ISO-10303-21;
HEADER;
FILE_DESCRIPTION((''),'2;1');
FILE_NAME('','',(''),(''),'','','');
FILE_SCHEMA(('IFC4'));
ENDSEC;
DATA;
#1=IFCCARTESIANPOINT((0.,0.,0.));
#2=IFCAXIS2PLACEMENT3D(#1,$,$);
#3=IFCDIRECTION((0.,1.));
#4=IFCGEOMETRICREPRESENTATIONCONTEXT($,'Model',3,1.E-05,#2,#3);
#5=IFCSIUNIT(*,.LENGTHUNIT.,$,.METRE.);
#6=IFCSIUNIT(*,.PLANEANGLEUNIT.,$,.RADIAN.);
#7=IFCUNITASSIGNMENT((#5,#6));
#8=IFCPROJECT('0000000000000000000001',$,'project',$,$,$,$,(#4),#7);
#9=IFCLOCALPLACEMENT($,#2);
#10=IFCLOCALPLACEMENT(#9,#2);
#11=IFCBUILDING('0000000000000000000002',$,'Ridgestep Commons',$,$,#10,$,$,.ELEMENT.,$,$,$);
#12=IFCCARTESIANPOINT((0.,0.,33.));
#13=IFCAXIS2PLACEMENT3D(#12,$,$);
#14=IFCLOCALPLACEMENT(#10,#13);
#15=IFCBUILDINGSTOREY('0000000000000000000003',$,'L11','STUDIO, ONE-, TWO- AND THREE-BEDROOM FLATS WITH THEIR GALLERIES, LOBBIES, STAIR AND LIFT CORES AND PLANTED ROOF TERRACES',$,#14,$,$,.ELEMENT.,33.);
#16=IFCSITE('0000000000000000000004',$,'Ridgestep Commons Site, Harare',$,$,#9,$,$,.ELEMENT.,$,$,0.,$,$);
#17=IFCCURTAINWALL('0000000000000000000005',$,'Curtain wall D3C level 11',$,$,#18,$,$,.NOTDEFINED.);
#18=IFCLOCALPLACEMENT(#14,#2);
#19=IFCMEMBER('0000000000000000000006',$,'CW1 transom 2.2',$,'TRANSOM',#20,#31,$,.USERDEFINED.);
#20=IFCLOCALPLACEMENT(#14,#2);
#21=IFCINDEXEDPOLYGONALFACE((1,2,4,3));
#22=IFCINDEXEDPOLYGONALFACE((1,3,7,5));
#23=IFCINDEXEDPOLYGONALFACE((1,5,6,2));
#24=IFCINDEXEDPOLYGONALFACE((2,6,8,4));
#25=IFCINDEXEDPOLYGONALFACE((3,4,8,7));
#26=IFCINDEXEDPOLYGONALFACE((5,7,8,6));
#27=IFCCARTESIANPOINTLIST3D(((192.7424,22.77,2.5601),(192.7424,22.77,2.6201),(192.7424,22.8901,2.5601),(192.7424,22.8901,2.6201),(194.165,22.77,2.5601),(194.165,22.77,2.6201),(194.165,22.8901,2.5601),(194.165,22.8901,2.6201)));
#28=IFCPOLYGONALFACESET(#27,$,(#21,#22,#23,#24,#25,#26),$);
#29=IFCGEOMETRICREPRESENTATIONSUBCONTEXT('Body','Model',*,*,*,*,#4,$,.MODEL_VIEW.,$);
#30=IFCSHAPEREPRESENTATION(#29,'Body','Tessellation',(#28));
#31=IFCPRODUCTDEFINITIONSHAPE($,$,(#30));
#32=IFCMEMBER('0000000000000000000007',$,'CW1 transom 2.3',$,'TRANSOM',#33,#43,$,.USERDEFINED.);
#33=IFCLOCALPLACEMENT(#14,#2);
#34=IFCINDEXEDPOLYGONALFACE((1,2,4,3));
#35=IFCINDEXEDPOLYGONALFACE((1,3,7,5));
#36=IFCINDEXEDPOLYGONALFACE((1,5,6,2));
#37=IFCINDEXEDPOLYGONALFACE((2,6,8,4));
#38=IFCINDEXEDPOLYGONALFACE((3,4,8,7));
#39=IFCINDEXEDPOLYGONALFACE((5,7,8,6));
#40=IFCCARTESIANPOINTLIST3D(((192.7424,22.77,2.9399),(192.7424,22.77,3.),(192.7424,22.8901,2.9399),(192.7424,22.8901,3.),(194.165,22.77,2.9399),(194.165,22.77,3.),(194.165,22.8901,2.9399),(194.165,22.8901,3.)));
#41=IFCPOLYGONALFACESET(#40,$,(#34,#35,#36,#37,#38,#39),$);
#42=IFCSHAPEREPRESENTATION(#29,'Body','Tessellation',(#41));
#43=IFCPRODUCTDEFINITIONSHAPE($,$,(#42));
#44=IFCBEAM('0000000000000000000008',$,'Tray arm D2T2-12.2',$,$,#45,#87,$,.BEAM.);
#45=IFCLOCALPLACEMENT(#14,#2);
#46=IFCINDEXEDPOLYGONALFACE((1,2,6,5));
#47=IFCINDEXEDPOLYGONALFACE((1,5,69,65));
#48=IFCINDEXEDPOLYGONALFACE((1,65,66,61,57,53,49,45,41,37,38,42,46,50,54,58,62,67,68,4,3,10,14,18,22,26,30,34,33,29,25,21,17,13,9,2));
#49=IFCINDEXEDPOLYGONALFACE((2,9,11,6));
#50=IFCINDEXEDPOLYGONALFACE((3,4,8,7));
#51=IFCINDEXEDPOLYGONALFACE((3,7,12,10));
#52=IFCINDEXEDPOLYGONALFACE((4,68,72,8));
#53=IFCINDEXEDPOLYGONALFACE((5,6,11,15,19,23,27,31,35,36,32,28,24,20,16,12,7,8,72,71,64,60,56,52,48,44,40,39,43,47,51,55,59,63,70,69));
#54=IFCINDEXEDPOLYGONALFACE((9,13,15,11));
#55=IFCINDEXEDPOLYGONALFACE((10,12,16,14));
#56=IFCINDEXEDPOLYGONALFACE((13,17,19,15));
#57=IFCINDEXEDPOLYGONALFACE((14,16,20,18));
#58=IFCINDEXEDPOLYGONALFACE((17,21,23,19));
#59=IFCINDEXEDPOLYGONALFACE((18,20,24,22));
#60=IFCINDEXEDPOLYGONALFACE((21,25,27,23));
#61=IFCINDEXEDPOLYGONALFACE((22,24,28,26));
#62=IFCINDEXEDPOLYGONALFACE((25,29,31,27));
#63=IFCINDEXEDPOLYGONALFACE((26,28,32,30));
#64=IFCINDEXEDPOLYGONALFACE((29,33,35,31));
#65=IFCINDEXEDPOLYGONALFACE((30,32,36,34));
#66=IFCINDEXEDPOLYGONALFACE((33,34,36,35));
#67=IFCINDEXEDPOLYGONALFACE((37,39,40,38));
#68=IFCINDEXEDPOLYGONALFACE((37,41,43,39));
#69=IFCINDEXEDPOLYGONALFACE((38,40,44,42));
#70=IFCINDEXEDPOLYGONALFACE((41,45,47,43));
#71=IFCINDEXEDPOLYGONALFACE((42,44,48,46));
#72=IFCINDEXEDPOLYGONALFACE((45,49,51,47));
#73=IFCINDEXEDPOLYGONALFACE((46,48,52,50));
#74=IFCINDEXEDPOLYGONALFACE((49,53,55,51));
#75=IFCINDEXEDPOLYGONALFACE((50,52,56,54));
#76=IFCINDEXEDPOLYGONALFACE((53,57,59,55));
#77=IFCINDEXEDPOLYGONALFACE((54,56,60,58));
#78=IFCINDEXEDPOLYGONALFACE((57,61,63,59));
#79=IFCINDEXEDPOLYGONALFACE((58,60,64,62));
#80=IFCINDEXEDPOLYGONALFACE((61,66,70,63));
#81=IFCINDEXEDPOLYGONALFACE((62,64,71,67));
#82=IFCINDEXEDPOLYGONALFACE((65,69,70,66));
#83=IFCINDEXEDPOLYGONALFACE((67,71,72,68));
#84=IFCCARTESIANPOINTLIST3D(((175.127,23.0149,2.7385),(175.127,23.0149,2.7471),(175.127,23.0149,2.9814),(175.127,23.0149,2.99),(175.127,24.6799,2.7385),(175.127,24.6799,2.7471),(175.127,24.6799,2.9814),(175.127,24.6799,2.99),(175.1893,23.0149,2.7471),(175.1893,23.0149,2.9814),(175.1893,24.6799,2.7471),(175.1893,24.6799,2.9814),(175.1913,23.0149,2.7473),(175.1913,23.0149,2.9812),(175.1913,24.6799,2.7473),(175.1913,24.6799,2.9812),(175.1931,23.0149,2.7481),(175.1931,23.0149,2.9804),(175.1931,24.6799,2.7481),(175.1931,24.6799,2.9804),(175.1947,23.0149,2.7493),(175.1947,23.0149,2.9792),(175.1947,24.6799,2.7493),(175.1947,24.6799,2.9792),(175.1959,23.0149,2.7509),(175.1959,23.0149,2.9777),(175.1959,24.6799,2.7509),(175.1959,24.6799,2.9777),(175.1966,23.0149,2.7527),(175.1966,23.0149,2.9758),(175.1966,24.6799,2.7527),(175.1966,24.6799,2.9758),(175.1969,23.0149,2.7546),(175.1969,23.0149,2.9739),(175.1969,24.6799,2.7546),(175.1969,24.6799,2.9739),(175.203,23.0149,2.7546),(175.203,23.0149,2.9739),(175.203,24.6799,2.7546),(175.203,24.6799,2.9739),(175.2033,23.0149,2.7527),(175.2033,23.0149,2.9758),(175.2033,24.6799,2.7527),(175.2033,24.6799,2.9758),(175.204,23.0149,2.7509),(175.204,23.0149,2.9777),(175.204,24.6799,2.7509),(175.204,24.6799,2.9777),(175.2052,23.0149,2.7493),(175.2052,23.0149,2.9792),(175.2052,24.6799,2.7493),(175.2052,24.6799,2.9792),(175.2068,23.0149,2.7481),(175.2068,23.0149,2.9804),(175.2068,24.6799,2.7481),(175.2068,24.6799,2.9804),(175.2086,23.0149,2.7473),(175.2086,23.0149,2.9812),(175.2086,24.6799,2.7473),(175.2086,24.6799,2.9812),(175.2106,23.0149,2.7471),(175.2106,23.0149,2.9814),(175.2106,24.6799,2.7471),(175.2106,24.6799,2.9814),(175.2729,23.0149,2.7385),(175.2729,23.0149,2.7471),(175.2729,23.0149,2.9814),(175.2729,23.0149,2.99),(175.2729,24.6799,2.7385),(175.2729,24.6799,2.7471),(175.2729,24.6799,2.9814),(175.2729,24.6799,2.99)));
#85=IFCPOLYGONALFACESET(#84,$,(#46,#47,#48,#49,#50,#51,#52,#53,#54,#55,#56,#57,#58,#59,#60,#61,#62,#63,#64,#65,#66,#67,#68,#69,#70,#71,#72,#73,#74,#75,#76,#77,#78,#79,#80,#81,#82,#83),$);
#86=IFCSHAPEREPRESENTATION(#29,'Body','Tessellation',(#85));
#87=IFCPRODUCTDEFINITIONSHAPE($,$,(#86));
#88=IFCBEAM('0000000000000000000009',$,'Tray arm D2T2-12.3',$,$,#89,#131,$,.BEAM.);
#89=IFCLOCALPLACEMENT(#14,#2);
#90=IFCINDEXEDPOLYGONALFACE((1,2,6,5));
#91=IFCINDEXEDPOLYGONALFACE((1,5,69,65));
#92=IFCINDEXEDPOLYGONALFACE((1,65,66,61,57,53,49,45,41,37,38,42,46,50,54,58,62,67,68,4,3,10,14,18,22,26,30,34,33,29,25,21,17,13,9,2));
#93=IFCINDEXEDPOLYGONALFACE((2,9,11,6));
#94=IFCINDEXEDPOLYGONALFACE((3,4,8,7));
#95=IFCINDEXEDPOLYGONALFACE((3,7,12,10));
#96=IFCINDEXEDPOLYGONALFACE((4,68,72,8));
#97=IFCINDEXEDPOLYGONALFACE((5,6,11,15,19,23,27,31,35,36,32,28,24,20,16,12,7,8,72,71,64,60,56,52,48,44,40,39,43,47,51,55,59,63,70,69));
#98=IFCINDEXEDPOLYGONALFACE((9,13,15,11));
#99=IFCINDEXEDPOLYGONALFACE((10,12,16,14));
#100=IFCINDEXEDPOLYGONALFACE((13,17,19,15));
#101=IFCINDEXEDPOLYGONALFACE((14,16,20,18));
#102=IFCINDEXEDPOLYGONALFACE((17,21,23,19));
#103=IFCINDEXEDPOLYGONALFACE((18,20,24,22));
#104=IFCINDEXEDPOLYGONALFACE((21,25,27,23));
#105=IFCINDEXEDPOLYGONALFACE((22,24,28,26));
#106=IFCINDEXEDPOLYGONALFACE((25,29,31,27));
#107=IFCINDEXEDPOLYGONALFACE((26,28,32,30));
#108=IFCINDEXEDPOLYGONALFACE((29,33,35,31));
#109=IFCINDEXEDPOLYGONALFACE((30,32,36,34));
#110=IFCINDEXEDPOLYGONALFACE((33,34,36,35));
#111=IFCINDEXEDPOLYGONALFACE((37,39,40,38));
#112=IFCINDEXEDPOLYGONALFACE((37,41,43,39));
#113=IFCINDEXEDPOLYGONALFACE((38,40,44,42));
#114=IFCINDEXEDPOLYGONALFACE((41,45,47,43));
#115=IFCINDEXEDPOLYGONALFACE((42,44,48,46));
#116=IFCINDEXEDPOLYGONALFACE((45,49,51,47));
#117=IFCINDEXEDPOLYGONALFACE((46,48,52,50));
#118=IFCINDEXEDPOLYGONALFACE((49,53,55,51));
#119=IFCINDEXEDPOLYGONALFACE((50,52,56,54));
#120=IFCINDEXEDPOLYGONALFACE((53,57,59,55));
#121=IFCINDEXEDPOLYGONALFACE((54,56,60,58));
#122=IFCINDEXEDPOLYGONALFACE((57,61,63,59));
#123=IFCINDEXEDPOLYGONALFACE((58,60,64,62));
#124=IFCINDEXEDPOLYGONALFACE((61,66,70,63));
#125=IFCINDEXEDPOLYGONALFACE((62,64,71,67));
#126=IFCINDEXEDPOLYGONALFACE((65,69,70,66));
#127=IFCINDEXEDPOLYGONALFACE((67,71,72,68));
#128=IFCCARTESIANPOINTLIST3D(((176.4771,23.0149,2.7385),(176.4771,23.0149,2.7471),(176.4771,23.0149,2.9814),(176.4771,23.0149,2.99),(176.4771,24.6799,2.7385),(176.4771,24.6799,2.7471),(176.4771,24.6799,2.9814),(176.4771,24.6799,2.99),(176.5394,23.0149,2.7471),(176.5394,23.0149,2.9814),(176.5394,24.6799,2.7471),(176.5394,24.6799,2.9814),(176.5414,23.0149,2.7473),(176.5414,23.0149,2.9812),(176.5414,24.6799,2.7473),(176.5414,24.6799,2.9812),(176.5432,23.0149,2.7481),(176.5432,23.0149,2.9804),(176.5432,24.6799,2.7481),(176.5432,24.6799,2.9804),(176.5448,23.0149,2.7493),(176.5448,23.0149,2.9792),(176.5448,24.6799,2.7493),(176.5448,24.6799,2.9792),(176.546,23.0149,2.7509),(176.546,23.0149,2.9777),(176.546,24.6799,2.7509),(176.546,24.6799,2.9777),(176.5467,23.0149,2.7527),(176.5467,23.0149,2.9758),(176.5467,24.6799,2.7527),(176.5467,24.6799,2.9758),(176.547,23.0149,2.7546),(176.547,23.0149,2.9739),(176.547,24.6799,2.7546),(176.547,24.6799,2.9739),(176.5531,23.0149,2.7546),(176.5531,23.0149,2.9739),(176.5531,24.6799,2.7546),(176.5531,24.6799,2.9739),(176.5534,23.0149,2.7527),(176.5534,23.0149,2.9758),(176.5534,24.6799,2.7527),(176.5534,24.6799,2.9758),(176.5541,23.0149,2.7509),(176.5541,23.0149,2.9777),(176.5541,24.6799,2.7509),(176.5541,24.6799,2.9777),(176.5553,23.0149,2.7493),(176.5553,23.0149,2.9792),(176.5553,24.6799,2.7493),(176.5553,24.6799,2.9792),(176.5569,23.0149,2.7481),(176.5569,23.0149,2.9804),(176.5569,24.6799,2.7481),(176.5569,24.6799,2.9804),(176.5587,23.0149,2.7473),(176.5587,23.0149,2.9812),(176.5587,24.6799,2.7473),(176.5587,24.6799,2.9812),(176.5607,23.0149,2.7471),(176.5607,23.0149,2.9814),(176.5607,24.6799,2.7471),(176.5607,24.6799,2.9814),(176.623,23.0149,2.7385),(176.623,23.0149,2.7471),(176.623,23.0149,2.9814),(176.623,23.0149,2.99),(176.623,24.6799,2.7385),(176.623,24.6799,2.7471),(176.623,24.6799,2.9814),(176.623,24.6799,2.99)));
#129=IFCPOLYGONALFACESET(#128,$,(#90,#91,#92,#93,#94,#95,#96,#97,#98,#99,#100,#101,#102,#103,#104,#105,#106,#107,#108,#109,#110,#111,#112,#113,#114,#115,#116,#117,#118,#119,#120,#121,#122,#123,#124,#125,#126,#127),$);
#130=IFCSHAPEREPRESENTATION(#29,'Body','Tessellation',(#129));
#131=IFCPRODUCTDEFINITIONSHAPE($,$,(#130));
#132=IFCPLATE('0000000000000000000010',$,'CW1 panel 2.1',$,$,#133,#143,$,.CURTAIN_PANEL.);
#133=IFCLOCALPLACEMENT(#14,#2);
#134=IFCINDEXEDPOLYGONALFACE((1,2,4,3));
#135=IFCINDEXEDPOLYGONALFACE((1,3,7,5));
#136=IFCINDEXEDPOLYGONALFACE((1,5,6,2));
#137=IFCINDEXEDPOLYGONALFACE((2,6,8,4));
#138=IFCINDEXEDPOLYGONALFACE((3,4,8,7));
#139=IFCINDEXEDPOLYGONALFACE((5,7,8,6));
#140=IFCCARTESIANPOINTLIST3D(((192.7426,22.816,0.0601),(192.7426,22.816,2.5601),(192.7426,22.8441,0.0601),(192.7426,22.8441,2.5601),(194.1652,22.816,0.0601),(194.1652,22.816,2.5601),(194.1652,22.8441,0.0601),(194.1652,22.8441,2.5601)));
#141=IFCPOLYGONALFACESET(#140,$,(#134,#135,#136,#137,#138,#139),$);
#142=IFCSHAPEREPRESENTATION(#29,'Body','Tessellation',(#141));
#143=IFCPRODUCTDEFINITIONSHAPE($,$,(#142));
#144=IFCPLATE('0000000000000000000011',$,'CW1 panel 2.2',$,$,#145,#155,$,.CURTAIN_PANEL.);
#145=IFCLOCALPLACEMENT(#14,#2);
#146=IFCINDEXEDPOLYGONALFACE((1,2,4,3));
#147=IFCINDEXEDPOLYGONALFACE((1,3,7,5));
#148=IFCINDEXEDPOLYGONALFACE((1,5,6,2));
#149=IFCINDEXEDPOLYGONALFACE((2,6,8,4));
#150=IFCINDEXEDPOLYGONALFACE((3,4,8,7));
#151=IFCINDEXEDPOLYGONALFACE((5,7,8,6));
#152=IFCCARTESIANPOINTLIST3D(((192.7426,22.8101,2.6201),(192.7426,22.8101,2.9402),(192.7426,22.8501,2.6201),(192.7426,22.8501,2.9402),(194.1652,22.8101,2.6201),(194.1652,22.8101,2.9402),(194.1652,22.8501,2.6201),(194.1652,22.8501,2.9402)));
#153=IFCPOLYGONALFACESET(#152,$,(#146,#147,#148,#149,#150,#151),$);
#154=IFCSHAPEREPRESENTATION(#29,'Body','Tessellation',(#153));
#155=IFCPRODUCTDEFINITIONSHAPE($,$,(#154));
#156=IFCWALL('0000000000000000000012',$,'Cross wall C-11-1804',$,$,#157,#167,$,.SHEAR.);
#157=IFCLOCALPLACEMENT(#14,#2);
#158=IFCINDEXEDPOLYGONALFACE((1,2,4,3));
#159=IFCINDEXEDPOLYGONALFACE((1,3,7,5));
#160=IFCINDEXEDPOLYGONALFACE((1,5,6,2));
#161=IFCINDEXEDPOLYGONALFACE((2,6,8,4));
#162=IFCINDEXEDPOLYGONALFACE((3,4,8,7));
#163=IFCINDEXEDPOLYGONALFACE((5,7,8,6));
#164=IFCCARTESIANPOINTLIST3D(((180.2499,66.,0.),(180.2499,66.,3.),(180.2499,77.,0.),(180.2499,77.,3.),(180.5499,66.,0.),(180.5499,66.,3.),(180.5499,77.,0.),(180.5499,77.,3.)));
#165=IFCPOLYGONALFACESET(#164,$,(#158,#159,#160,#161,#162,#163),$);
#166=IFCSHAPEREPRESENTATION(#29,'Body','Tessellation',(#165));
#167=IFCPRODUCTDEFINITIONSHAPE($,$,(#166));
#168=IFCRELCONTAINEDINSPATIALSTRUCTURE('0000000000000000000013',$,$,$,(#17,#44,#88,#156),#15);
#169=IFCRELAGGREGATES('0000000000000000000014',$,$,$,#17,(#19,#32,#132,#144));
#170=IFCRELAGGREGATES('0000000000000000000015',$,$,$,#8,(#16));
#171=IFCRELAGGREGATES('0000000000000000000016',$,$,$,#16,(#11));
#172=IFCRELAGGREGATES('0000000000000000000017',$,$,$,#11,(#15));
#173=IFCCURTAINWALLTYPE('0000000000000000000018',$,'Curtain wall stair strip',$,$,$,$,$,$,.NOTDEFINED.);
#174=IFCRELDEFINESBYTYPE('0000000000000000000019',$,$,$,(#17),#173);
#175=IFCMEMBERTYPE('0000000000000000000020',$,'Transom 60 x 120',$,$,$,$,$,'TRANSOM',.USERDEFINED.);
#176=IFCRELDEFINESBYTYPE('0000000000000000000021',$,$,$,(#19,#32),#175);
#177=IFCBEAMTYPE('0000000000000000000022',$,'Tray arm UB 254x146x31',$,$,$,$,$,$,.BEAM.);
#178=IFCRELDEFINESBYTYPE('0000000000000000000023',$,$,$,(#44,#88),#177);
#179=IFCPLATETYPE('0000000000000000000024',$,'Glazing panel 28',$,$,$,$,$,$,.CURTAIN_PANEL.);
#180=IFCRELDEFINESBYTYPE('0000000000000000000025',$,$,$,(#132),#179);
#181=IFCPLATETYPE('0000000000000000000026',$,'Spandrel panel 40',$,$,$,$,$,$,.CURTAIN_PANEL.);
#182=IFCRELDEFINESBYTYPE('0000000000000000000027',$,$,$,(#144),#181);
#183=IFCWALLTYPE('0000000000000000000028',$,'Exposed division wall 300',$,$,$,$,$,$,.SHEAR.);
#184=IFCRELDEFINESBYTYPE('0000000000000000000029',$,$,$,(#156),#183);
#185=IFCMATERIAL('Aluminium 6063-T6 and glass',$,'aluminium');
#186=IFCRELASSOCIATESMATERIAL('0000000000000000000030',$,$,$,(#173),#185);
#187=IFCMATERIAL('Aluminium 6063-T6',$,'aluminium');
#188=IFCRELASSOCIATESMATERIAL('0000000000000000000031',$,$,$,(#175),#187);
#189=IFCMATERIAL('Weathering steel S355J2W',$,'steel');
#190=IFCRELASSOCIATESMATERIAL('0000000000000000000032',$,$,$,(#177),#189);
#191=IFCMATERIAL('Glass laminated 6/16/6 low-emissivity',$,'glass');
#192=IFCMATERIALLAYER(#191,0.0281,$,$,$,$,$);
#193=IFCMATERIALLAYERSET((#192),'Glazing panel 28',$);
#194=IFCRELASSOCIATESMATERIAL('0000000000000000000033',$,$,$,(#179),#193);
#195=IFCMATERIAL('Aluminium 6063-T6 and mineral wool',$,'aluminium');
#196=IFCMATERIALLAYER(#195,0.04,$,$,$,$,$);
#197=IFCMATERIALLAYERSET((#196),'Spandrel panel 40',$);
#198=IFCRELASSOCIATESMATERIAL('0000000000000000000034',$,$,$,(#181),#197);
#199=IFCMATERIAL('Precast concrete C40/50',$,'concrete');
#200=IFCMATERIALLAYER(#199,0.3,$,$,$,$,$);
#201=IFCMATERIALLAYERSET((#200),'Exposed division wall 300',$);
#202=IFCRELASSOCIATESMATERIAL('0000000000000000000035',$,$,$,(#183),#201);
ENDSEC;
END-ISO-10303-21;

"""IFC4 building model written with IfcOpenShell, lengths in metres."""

from ifc_helpers import new_model, si_unit, direction, frame, frame_2d, origin, origin_2d, place, context, subcontext, project, spatial, rectangle, i_section, extrude, material, layer, layer_set, material_profile, profile_set, type_object, element, aggregate, save


model = new_model("IFC4")

# Units and contexts
model_context = context("Model", 3, precision=1e-05, world=origin(), true_north=direction((0.0, 1.0)))
body_context = subcontext(model_context, "Body", "Model", "MODEL_VIEW")
ifc_project = project(units=[si_unit("LENGTHUNIT", "METRE"), si_unit("PLANEANGLEUNIT", "RADIAN")], contexts=[model_context])

# Site, building, storey
site_placement = place(None, origin())
site = spatial("IfcSite", under=ifc_project, at=site_placement, Name="Ridgestep Commons Site, Harare", CompositionType="ELEMENT", RefElevation=0.0)
building_placement = place(site_placement, origin())
building = spatial("IfcBuilding", under=site, at=building_placement, Name="Ridgestep Commons", CompositionType="ELEMENT")
storey_placement = place(building_placement, frame((0.0, 0.0, 33.0)))
storey = spatial("IfcBuildingStorey", under=building, at=storey_placement, Name="L11", Description="STUDIO, ONE-, TWO- AND THREE-BEDROOM FLATS WITH THEIR GALLERIES, LOBBIES, STAIR AND LIFT CORES AND PLANTED ROOF TERRACES", CompositionType="ELEMENT", Elevation=33.0)

# Curtain wall, members
ifc_material_1 = material(Name="Aluminium 6063-T6 and glass", Category="aluminium")
curtain_wall_type = type_object("IfcCurtainWallType", Name="Curtain wall stair strip", PredefinedType="NOTDEFINED", material=ifc_material_1)
curtain_wall_placement = place(storey_placement, origin())
curtain_wall = element("IfcCurtainWall", 1, at=curtain_wall_placement, inside=storey, type_object=curtain_wall_type, Name="Curtain wall D3C level 11", PredefinedType="NOTDEFINED")
ifc_material_2 = material(Name="Aluminium 6063-T6", Category="aluminium")
ifc_material_profile_1 = material_profile(ifc_material_2, rectangle(XDim=0.1201, YDim=0.0601, at=origin_2d()), Name="Transom 60 x 120")
ifc_profile_set_1 = profile_set([ifc_material_profile_1], Name="Aluminium 6063-T6")
member_type = type_object("IfcMemberType", Name="Transom 60 x 120", ElementType="TRANSOM", PredefinedType="USERDEFINED", material=ifc_profile_set_1)
member_1_placement = place(storey_placement, frame((192.7424, 22.8301, 2.5901), z_axis=(1.0, 0.0, 0.0), x_axis=(0.0, 1.0, 0.0)))
member_1 = element("IfcMember", 2, at=member_1_placement, type_object=member_type, Name="CW1 transom 2.2", ObjectType="TRANSOM", PredefinedType="USERDEFINED", context=body_context, shape_type="SweptSolid", body=[
    extrude(rectangle(XDim=0.1201, YDim=0.0601, at=origin_2d()), origin(), (0.0, 0.0, 1.0), 1.4226),
])
member_2_placement = place(storey_placement, frame((192.7424, 22.8301, 2.97), z_axis=(1.0, 0.0, 0.0), x_axis=(0.0, 1.0, 0.0)))
member_2 = element("IfcMember", 3, at=member_2_placement, type_object=member_type, Name="CW1 transom 2.3", ObjectType="TRANSOM", PredefinedType="USERDEFINED", context=body_context, shape_type="SweptSolid", body=[
    extrude(rectangle(XDim=0.1201, YDim=0.0601, at=origin_2d()), origin(), (0.0, 0.0, 1.0), 1.4226),
])

# Beams
ifc_material_3 = material(Name="Weathering steel S355J2W", Category="steel")
ifc_material_profile_2 = material_profile(ifc_material_3, i_section(OverallWidth=0.146, OverallDepth=0.2515, WebThickness=0.0061, FlangeThickness=0.0085, FilletRadius=0.0076, at=origin_2d()), Name="UB 254x146x31")
ifc_profile_set_2 = profile_set([ifc_material_profile_2], Name="Weathering steel S355J2W")
beam_type = type_object("IfcBeamType", Name="Tray arm UB 254x146x31", PredefinedType="BEAM", material=ifc_profile_set_2)
for number, where, z_axis, x_axis, name in (
    (4, (175.2, 23.0149, 2.8643), (0.0, 1.0, 0.0), (-1.0, 0.0, 0.0), "Tray arm D2T2-12.2"),
    (5, (176.55, 23.0149, 2.8643), (0.0, 1.0, 0.0), (-1.0, 0.0, 0.0), "Tray arm D2T2-12.3"),
):
    element("IfcBeam", number, at=place(storey_placement, frame(where, z_axis=z_axis, x_axis=x_axis)), inside=storey, type_object=beam_type, Name=name, PredefinedType="BEAM", context=body_context, shape_type="SweptSolid", body=[
        extrude(i_section(OverallWidth=0.146, OverallDepth=0.2515, WebThickness=0.0061, FlangeThickness=0.0085, FilletRadius=0.0076, at=origin_2d()), origin(), (0.0, 0.0, 1.0), 1.665),
    ])

# Plates
ifc_material_4 = material(Name="Glass laminated 6/16/6 low-emissivity", Category="glass")
ifc_layer_1 = layer(ifc_material_4, 0.0281)
ifc_layer_set_1 = layer_set([ifc_layer_1], Name="Glazing panel 28")
plate_type_1 = type_object("IfcPlateType", Name="Glazing panel 28", PredefinedType="CURTAIN_PANEL", material=ifc_layer_set_1)
plate_1_placement = place(storey_placement, frame((193.4539, 22.8301, 0.0601), z_axis=(0.0, 0.0, 1.0), x_axis=(1.0, 0.0, 0.0)))
plate_1 = element("IfcPlate", 6, at=plate_1_placement, type_object=plate_type_1, Name="CW1 panel 2.1", PredefinedType="CURTAIN_PANEL", context=body_context, shape_type="SweptSolid", body=[
    extrude(rectangle(XDim=1.4226, YDim=0.0281, at=origin_2d()), origin(), (0.0, 0.0, 1.0), 2.5),
])
ifc_material_5 = material(Name="Aluminium 6063-T6 and mineral wool", Category="aluminium")
ifc_layer_2 = layer(ifc_material_5, 0.04)
ifc_layer_set_2 = layer_set([ifc_layer_2], Name="Spandrel panel 40")
plate_type_2 = type_object("IfcPlateType", Name="Spandrel panel 40", PredefinedType="CURTAIN_PANEL", material=ifc_layer_set_2)
plate_2_placement = place(storey_placement, frame((193.4539, 22.8301, 2.6201), z_axis=(0.0, 0.0, 1.0), x_axis=(1.0, 0.0, 0.0)))
plate_2 = element("IfcPlate", 7, at=plate_2_placement, type_object=plate_type_2, Name="CW1 panel 2.2", PredefinedType="CURTAIN_PANEL", context=body_context, shape_type="SweptSolid", body=[
    extrude(rectangle(XDim=1.4226, YDim=0.04, at=origin_2d()), origin(), (0.0, 0.0, 1.0), 0.3201),
])
aggregate(curtain_wall, [member_1, member_2, plate_1, plate_2])

# Wall
ifc_material_6 = material(Name="Precast concrete C40/50", Category="concrete")
ifc_layer_3 = layer(ifc_material_6, 0.3)
ifc_layer_set_3 = layer_set([ifc_layer_3], Name="Exposed division wall 300")
wall_type_1 = type_object("IfcWallType", Name="Exposed division wall 300", PredefinedType="SHEAR", material=ifc_layer_set_3)
wall_1_placement = place(storey_placement, frame((180.3999, 66.0, 0.0), z_axis=(0.0, 0.0, 1.0), x_axis=(0.0, 1.0, 0.0)))
element("IfcWall", 8, at=wall_1_placement, inside=storey, type_object=wall_type_1, Name="Cross wall C-11-1804", PredefinedType="SHEAR", context=body_context, shape_type="SweptSolid", body=[
    extrude(rectangle(XDim=11.0, YDim=0.3, at=frame_2d((5.5, 0.0))), origin(), (0.0, 0.0, 1.0), 3.0),
])

save(model, "model.ifc")
